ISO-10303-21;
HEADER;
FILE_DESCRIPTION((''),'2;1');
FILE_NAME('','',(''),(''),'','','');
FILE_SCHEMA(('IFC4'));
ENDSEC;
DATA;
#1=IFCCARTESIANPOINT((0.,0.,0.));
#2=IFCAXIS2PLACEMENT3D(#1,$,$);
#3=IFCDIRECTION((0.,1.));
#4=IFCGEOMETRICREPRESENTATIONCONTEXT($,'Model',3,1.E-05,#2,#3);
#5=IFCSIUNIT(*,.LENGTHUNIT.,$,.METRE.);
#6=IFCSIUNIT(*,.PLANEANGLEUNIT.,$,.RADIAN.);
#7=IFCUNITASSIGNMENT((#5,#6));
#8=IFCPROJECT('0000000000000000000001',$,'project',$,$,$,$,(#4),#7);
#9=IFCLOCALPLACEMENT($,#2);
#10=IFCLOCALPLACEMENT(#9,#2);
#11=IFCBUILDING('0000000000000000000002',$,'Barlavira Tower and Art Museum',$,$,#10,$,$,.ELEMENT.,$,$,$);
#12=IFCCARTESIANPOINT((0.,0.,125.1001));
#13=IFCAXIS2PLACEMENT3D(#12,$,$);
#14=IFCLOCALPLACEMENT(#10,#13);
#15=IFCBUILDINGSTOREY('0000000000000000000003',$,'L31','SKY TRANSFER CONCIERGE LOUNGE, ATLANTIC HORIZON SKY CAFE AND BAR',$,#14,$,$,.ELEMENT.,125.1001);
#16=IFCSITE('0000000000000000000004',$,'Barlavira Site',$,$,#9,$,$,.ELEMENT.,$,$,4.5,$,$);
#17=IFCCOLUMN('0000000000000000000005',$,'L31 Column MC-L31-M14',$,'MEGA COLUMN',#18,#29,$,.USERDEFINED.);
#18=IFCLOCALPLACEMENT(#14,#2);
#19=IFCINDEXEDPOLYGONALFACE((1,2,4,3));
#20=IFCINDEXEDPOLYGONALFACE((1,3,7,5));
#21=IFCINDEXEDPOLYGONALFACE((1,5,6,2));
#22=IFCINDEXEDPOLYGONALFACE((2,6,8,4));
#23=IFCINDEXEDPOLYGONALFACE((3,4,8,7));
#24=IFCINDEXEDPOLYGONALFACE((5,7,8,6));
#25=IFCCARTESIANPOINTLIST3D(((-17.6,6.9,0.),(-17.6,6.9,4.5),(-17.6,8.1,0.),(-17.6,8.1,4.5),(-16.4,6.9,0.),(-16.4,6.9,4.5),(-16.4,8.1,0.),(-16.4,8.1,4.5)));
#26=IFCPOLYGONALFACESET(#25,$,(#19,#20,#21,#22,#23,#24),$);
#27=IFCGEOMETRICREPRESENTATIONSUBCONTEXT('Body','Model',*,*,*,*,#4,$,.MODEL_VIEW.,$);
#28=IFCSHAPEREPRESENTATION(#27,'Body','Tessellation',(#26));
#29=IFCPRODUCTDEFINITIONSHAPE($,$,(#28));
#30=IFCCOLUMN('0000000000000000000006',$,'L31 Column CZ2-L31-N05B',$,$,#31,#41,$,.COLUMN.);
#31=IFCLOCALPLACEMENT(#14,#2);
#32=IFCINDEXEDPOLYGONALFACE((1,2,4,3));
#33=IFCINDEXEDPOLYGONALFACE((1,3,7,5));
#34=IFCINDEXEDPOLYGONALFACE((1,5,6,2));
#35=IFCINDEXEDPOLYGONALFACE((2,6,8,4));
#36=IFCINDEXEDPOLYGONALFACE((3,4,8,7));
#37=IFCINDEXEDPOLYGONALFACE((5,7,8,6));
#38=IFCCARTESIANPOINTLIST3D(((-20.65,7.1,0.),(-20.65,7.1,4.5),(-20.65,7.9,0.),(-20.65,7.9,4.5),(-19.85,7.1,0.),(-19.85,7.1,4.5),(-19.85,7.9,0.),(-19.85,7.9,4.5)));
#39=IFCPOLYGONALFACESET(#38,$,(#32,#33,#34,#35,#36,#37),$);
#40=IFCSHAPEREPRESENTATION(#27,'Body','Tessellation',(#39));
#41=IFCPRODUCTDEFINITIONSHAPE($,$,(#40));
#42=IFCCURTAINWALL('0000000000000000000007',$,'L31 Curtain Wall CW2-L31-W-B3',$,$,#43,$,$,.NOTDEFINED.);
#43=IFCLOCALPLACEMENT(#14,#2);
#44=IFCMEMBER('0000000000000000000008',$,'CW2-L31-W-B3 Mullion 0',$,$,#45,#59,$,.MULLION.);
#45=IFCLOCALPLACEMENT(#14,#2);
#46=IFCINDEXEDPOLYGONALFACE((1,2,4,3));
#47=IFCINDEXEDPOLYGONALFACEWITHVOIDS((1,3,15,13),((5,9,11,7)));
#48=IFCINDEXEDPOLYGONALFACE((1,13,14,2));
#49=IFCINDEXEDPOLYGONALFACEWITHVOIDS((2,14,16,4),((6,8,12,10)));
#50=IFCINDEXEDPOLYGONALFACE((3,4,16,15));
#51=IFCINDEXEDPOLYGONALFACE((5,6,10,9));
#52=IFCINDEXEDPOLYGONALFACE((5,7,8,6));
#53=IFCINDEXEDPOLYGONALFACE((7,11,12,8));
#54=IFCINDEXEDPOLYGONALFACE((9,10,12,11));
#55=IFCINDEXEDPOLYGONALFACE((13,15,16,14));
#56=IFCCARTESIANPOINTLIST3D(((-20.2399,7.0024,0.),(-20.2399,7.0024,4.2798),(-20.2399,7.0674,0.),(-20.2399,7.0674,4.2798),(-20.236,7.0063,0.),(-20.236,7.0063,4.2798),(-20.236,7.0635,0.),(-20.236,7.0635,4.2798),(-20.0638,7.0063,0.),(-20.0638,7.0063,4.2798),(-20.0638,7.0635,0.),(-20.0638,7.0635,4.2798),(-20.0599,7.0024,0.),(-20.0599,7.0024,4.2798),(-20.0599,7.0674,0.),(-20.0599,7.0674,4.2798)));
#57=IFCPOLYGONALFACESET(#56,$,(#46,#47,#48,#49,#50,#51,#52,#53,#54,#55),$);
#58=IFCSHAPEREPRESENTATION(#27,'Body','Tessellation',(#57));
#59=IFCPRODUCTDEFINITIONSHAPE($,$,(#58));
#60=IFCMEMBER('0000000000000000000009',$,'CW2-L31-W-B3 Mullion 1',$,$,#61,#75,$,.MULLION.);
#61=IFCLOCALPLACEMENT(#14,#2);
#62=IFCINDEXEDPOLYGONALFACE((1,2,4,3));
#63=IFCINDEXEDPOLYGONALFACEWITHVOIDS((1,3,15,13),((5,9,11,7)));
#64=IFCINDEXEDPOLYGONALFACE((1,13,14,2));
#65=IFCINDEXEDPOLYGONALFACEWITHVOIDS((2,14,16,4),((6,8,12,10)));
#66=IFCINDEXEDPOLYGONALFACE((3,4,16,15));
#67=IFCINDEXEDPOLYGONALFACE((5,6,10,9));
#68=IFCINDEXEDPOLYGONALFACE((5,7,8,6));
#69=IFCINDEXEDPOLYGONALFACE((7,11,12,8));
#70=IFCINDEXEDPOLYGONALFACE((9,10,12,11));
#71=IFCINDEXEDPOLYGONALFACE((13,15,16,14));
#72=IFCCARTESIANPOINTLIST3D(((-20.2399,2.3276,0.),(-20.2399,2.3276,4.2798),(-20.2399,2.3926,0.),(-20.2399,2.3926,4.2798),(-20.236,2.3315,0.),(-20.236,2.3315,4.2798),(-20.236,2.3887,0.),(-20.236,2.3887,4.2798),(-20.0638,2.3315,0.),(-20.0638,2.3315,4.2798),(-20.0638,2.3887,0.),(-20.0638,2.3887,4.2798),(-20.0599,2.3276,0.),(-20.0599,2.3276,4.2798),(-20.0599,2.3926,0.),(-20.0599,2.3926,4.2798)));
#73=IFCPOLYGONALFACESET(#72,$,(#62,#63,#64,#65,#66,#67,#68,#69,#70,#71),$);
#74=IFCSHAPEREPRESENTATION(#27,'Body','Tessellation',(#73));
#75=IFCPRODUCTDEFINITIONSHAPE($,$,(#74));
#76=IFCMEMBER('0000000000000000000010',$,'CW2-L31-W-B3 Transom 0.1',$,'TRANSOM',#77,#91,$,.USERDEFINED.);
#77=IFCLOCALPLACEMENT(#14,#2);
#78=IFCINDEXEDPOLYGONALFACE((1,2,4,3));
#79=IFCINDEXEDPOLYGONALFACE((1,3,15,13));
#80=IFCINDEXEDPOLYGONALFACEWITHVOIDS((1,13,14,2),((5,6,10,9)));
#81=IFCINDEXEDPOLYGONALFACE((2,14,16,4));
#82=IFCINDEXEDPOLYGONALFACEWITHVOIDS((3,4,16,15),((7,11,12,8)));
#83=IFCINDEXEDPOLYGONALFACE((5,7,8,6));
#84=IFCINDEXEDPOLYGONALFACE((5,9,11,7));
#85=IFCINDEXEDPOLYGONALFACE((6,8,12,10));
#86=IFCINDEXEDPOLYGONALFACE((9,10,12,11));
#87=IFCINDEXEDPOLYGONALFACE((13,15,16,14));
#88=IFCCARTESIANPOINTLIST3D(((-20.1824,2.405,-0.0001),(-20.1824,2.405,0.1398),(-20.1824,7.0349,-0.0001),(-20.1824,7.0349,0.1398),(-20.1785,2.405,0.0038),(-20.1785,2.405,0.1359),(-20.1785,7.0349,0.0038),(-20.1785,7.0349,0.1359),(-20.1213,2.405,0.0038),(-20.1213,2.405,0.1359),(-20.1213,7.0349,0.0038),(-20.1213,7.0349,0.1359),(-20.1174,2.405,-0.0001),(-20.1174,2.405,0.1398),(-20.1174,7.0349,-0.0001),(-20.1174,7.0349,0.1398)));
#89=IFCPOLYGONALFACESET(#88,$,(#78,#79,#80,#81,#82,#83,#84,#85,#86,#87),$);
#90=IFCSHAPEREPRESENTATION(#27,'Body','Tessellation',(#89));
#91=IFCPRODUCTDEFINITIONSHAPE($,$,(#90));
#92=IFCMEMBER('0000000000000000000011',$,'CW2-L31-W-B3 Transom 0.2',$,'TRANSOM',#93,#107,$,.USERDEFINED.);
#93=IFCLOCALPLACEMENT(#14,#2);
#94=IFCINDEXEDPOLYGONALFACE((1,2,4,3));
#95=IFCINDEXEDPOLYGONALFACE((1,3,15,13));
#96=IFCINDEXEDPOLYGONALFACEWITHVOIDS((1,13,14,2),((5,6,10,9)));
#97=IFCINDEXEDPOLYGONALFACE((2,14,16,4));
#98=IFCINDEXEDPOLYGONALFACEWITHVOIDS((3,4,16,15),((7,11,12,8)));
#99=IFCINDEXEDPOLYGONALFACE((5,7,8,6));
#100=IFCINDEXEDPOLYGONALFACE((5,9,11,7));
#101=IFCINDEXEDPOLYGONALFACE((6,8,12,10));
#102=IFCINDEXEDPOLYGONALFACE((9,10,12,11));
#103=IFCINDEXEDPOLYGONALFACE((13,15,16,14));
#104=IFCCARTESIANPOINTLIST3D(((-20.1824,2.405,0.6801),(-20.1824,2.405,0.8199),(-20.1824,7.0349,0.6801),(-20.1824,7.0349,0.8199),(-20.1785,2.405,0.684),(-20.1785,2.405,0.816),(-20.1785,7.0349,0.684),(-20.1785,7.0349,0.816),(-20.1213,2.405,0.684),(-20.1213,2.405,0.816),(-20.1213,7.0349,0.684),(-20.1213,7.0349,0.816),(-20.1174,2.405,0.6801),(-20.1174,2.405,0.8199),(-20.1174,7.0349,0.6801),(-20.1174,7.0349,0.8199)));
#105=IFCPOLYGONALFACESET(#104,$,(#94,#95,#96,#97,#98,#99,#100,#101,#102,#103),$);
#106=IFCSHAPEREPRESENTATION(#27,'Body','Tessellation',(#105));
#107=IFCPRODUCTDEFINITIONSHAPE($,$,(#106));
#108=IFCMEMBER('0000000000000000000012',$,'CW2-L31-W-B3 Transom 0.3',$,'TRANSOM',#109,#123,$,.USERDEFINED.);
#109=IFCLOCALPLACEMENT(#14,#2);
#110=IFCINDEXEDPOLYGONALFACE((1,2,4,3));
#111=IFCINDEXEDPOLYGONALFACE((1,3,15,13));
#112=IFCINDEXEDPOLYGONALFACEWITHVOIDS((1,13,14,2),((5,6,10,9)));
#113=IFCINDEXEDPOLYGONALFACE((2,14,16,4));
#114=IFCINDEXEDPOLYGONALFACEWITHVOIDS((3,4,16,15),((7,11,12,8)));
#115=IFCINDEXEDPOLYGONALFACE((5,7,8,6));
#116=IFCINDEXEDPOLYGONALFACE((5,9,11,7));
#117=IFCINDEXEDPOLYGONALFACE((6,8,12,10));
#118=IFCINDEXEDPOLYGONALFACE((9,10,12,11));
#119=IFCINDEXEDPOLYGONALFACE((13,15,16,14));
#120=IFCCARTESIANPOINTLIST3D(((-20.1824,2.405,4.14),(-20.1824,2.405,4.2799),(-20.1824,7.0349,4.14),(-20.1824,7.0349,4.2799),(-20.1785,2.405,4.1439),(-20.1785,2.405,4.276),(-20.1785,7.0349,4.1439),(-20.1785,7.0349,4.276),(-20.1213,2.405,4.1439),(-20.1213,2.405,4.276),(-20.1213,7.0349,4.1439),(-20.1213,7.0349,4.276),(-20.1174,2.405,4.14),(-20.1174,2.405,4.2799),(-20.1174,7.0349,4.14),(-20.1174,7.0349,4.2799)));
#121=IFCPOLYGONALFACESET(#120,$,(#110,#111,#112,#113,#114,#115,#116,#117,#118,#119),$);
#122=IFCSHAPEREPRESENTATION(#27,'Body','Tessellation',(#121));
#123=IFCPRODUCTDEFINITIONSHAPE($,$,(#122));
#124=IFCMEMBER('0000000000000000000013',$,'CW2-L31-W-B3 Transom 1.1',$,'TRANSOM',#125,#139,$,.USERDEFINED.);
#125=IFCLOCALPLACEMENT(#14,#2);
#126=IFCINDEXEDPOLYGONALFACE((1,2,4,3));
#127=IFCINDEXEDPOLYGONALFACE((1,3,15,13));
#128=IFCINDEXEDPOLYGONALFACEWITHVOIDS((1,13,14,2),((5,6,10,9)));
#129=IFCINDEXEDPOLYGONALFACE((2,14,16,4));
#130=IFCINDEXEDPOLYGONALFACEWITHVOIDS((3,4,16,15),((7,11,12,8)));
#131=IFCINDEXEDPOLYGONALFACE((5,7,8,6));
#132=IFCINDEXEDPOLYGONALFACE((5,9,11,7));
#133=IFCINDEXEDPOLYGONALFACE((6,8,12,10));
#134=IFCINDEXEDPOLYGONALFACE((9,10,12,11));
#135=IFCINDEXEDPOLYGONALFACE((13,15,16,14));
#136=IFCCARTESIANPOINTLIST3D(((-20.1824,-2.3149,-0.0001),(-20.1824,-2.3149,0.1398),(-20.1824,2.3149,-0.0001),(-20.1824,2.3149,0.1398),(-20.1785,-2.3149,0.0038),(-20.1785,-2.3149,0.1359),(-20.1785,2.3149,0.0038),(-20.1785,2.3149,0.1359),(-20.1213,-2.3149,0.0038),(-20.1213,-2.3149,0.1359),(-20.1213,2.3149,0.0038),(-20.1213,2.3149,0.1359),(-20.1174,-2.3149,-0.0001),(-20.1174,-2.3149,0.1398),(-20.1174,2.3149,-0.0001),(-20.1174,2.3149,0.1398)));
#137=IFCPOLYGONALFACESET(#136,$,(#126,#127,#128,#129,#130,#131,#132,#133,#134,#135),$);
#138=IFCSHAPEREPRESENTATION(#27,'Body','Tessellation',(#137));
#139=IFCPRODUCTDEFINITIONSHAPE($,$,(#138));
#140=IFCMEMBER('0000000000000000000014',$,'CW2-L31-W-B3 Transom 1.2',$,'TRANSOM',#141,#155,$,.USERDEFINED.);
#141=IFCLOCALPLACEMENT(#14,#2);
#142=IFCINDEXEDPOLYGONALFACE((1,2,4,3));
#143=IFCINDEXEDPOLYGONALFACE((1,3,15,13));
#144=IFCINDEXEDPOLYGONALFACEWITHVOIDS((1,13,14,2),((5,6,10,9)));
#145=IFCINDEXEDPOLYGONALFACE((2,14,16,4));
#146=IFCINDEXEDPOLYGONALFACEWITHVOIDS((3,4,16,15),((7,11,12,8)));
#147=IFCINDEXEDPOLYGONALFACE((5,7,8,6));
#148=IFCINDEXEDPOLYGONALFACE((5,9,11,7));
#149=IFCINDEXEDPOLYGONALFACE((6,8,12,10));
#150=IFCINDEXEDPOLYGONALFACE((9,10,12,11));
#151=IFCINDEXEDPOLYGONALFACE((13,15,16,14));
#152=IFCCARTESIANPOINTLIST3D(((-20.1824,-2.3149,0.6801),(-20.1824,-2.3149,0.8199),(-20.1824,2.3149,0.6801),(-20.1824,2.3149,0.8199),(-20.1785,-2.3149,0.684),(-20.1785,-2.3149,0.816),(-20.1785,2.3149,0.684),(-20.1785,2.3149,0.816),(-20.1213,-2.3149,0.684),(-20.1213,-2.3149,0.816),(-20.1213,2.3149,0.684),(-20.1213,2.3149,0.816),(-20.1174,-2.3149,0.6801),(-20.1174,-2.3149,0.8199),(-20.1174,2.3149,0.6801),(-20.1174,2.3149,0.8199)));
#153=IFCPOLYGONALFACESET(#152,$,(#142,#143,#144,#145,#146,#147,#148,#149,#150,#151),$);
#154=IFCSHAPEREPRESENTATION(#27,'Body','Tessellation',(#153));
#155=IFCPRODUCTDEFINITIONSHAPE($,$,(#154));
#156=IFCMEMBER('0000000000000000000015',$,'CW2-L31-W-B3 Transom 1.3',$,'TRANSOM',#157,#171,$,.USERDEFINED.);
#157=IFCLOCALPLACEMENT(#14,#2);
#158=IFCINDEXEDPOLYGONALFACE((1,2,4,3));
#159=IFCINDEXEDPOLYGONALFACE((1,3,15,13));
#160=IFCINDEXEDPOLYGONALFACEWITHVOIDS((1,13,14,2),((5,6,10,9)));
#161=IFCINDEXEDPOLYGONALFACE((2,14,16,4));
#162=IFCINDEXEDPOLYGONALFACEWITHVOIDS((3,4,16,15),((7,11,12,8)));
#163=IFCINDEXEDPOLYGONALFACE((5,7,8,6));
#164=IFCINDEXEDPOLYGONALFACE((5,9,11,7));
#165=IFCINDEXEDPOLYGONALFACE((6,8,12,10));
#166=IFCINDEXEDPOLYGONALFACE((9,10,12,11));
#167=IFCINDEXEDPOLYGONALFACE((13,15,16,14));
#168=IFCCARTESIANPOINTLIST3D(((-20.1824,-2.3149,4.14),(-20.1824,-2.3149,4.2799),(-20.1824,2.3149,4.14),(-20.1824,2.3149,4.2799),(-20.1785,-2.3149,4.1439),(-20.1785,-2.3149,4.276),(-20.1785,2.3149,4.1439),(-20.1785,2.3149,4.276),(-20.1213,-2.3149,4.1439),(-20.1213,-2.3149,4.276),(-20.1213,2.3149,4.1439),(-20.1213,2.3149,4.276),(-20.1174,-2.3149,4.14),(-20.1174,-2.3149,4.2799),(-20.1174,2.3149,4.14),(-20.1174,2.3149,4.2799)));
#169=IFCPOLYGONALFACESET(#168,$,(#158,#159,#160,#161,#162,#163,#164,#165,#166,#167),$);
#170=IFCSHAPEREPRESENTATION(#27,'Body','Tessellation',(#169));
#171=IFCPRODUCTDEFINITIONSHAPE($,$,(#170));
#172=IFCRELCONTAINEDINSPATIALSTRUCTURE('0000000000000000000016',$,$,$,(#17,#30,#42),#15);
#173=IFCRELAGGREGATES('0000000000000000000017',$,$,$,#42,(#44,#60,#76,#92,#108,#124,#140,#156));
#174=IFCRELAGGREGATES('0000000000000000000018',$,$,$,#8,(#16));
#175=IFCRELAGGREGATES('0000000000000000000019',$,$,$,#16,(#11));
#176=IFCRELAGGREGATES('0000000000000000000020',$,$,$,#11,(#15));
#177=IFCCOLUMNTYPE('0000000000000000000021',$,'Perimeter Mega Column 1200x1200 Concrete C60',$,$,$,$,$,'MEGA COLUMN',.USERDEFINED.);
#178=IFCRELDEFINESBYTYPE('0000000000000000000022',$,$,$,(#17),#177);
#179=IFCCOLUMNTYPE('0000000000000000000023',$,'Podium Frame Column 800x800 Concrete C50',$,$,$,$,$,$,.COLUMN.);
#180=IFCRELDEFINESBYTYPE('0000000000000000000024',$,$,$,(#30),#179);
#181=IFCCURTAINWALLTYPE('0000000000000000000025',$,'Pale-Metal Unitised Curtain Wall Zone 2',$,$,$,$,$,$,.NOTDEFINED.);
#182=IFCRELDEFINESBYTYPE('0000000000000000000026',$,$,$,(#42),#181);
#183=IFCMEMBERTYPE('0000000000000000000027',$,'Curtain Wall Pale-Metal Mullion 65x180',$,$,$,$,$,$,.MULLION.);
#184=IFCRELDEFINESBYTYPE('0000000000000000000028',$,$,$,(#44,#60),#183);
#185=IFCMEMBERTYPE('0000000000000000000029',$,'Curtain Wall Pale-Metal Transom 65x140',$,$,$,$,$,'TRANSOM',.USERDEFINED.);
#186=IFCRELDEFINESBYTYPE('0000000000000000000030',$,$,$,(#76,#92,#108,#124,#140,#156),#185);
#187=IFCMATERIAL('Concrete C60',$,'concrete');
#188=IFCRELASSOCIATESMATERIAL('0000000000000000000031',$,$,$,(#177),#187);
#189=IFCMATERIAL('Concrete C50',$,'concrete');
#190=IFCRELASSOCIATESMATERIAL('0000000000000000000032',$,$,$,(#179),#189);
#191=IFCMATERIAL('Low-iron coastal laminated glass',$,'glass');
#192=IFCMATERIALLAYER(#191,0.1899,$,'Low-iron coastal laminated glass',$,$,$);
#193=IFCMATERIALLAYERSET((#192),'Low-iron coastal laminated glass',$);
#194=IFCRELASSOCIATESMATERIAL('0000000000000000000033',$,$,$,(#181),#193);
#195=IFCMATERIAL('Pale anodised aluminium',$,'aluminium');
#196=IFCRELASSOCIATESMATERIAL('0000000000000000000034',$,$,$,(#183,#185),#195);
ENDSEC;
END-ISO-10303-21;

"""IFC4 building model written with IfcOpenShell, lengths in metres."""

from ifc_helpers import new_model, si_unit, direction, frame, origin, origin_2d, place, context, subcontext, project, spatial, rectangle, hollow_rectangle, extrude, material, layer, layer_set, material_profile, profile_set, type_object, element, aggregate, save


model = new_model("IFC4")

# Units and contexts
model_context = context("Model", 3, precision=1e-05, world=origin(), true_north=direction((0.0, 1.0)))
body_context = subcontext(model_context, "Body", "Model", "MODEL_VIEW")
ifc_project = project(units=[si_unit("LENGTHUNIT", "METRE"), si_unit("PLANEANGLEUNIT", "RADIAN")], contexts=[model_context])

# Site, building, storey
site_placement = place(None, origin())
site = spatial("IfcSite", under=ifc_project, at=site_placement, Name="Barlavira Site", CompositionType="ELEMENT", RefElevation=4.5)
building_placement = place(site_placement, origin())
building = spatial("IfcBuilding", under=site, at=building_placement, Name="Barlavira Tower and Art Museum", CompositionType="ELEMENT")
storey_placement = place(building_placement, frame((0.0, 0.0, 125.1001)))
storey = spatial("IfcBuildingStorey", under=building, at=storey_placement, Name="L31", Description="SKY TRANSFER CONCIERGE LOUNGE, ATLANTIC HORIZON SKY CAFE AND BAR", CompositionType="ELEMENT", Elevation=125.1001)

# Columns
ifc_material_1 = material(Name="Concrete C60", Category="concrete")
ifc_material_profile_1 = material_profile(ifc_material_1, rectangle(XDim=1.2, YDim=1.2, at=origin_2d()), Name="RC-COL 1200x1200")
ifc_profile_set_1 = profile_set([ifc_material_profile_1], Name="Concrete C60")
column_type_1 = type_object("IfcColumnType", Name="Perimeter Mega Column 1200x1200 Concrete C60", ElementType="MEGA COLUMN", PredefinedType="USERDEFINED", material=ifc_profile_set_1)
column_1_placement = place(storey_placement, frame((-17.0, 7.5, 0.0), z_axis=(0.0, 0.0, 1.0), x_axis=(1.0, 0.0, 0.0)))
element("IfcColumn", 1, at=column_1_placement, inside=storey, type_object=column_type_1, Name="L31 Column MC-L31-M14", ObjectType="MEGA COLUMN", PredefinedType="USERDEFINED", context=body_context, shape_type="SweptSolid", body=[
    extrude(rectangle(XDim=1.2, YDim=1.2, at=origin_2d()), origin(), (0.0, 0.0, 1.0), 4.5),
])
ifc_material_2 = material(Name="Concrete C50", Category="concrete")
ifc_material_profile_2 = material_profile(ifc_material_2, rectangle(XDim=0.8, YDim=0.8, at=origin_2d()), Name="RC-COL 800x800")
ifc_profile_set_2 = profile_set([ifc_material_profile_2], Name="Concrete C50")
column_type_2 = type_object("IfcColumnType", Name="Podium Frame Column 800x800 Concrete C50", PredefinedType="COLUMN", material=ifc_profile_set_2)
column_2_placement = place(storey_placement, frame((-20.25, 7.5, 0.0), z_axis=(0.0, 0.0, 1.0), x_axis=(1.0, 0.0, 0.0)))
element("IfcColumn", 2, at=column_2_placement, inside=storey, type_object=column_type_2, Name="L31 Column CZ2-L31-N05B", PredefinedType="COLUMN", context=body_context, shape_type="SweptSolid", body=[
    extrude(rectangle(XDim=0.8, YDim=0.8, at=origin_2d()), origin(), (0.0, 0.0, 1.0), 4.5),
])

# Curtain wall, members
ifc_material_3 = material(Name="Low-iron coastal laminated glass", Category="glass")
ifc_layer_1 = layer(ifc_material_3, 0.1899, Name="Low-iron coastal laminated glass")
ifc_layer_set_1 = layer_set([ifc_layer_1], Name="Low-iron coastal laminated glass")
curtain_wall_type = type_object("IfcCurtainWallType", Name="Pale-Metal Unitised Curtain Wall Zone 2", PredefinedType="NOTDEFINED", material=ifc_layer_set_1)
curtain_wall_placement = place(storey_placement, origin())
curtain_wall = element("IfcCurtainWall", 3, at=curtain_wall_placement, inside=storey, type_object=curtain_wall_type, Name="L31 Curtain Wall CW2-L31-W-B3", PredefinedType="NOTDEFINED")
ifc_material_4 = material(Name="Pale anodised aluminium", Category="aluminium")
ifc_material_profile_3 = material_profile(ifc_material_4, hollow_rectangle(XDim=0.0649, YDim=0.1799, WallThickness=0.0039, at=origin_2d()), Name="ALU-MULL 65x180x4")
ifc_profile_set_3 = profile_set([ifc_material_profile_3], Name="Pale anodised aluminium")
member_type_1 = type_object("IfcMemberType", Name="Curtain Wall Pale-Metal Mullion 65x180", PredefinedType="MULLION", material=ifc_profile_set_3)
member_1_placement = place(storey_placement, frame((-20.1499, 7.0349, 0.0), z_axis=(0.0, 0.0, 1.0), x_axis=(0.0, -1.0, 0.0)))
member_1 = element("IfcMember", 4, at=member_1_placement, type_object=member_type_1, Name="CW2-L31-W-B3 Mullion 0", PredefinedType="MULLION", context=body_context, shape_type="SweptSolid", body=[
    extrude(hollow_rectangle(XDim=0.0649, YDim=0.1799, WallThickness=0.0039, at=origin_2d()), origin(), (0.0, 0.0, 1.0), 4.2798),
])
member_2_placement = place(storey_placement, frame((-20.1499, 2.3601, 0.0), z_axis=(0.0, 0.0, 1.0), x_axis=(0.0, -1.0, 0.0)))
member_2 = element("IfcMember", 5, at=member_2_placement, type_object=member_type_1, Name="CW2-L31-W-B3 Mullion 1", PredefinedType="MULLION", context=body_context, shape_type="SweptSolid", body=[
    extrude(hollow_rectangle(XDim=0.0649, YDim=0.1799, WallThickness=0.0039, at=origin_2d()), origin(), (0.0, 0.0, 1.0), 4.2798),
])
ifc_material_profile_4 = material_profile(ifc_material_4, hollow_rectangle(XDim=0.0649, YDim=0.1399, WallThickness=0.0039, at=origin_2d()), Name="ALU-TRAN 65x140x4")
ifc_profile_set_4 = profile_set([ifc_material_profile_4], Name="Pale anodised aluminium")
member_type_2 = type_object("IfcMemberType", Name="Curtain Wall Pale-Metal Transom 65x140", ElementType="TRANSOM", PredefinedType="USERDEFINED", material=ifc_profile_set_4)
member_3_placement = place(storey_placement, frame((-20.1499, 7.0349, 0.0698), z_axis=(0.0, -1.0, 0.0), x_axis=(1.0, 0.0, 0.0)))
member_3 = element("IfcMember", 6, at=member_3_placement, type_object=member_type_2, Name="CW2-L31-W-B3 Transom 0.1", ObjectType="TRANSOM", PredefinedType="USERDEFINED", context=body_context, shape_type="SweptSolid", body=[
    extrude(hollow_rectangle(XDim=0.0649, YDim=0.1399, WallThickness=0.0039, at=origin_2d()), origin(), (0.0, 0.0, 1.0), 4.6299),
])
member_4_placement = place(storey_placement, frame((-20.1499, 7.0349, 0.75), z_axis=(0.0, -1.0, 0.0), x_axis=(1.0, 0.0, 0.0)))
member_4 = element("IfcMember", 7, at=member_4_placement, type_object=member_type_2, Name="CW2-L31-W-B3 Transom 0.2", ObjectType="TRANSOM", PredefinedType="USERDEFINED", context=body_context, shape_type="SweptSolid", body=[
    extrude(hollow_rectangle(XDim=0.0649, YDim=0.1399, WallThickness=0.0039, at=origin_2d()), origin(), (0.0, 0.0, 1.0), 4.6299),
])
member_5_placement = place(storey_placement, frame((-20.1499, 7.0349, 4.21), z_axis=(0.0, -1.0, 0.0), x_axis=(1.0, 0.0, 0.0)))
member_5 = element("IfcMember", 8, at=member_5_placement, type_object=member_type_2, Name="CW2-L31-W-B3 Transom 0.3", ObjectType="TRANSOM", PredefinedType="USERDEFINED", context=body_context, shape_type="SweptSolid", body=[
    extrude(hollow_rectangle(XDim=0.0649, YDim=0.1399, WallThickness=0.0039, at=origin_2d()), origin(), (0.0, 0.0, 1.0), 4.6299),
])
member_6_placement = place(storey_placement, frame((-20.1499, 2.3149, 0.0698), z_axis=(0.0, -1.0, 0.0), x_axis=(1.0, 0.0, 0.0)))
member_6 = element("IfcMember", 9, at=member_6_placement, type_object=member_type_2, Name="CW2-L31-W-B3 Transom 1.1", ObjectType="TRANSOM", PredefinedType="USERDEFINED", context=body_context, shape_type="SweptSolid", body=[
    extrude(hollow_rectangle(XDim=0.0649, YDim=0.1399, WallThickness=0.0039, at=origin_2d()), origin(), (0.0, 0.0, 1.0), 4.6299),
])
member_7_placement = place(storey_placement, frame((-20.1499, 2.3149, 0.75), z_axis=(0.0, -1.0, 0.0), x_axis=(1.0, 0.0, 0.0)))
member_7 = element("IfcMember", 10, at=member_7_placement, type_object=member_type_2, Name="CW2-L31-W-B3 Transom 1.2", ObjectType="TRANSOM", PredefinedType="USERDEFINED", context=body_context, shape_type="SweptSolid", body=[
    extrude(hollow_rectangle(XDim=0.0649, YDim=0.1399, WallThickness=0.0039, at=origin_2d()), origin(), (0.0, 0.0, 1.0), 4.6299),
])
member_8_placement = place(storey_placement, frame((-20.1499, 2.3149, 4.21), z_axis=(0.0, -1.0, 0.0), x_axis=(1.0, 0.0, 0.0)))
member_8 = element("IfcMember", 11, at=member_8_placement, type_object=member_type_2, Name="CW2-L31-W-B3 Transom 1.3", ObjectType="TRANSOM", PredefinedType="USERDEFINED", context=body_context, shape_type="SweptSolid", body=[
    extrude(hollow_rectangle(XDim=0.0649, YDim=0.1399, WallThickness=0.0039, at=origin_2d()), origin(), (0.0, 0.0, 1.0), 4.6299),
])

aggregate(curtain_wall, [member_1, member_2, member_3, member_4, member_5, member_6, member_7, member_8])

save(model, "model.ifc")
